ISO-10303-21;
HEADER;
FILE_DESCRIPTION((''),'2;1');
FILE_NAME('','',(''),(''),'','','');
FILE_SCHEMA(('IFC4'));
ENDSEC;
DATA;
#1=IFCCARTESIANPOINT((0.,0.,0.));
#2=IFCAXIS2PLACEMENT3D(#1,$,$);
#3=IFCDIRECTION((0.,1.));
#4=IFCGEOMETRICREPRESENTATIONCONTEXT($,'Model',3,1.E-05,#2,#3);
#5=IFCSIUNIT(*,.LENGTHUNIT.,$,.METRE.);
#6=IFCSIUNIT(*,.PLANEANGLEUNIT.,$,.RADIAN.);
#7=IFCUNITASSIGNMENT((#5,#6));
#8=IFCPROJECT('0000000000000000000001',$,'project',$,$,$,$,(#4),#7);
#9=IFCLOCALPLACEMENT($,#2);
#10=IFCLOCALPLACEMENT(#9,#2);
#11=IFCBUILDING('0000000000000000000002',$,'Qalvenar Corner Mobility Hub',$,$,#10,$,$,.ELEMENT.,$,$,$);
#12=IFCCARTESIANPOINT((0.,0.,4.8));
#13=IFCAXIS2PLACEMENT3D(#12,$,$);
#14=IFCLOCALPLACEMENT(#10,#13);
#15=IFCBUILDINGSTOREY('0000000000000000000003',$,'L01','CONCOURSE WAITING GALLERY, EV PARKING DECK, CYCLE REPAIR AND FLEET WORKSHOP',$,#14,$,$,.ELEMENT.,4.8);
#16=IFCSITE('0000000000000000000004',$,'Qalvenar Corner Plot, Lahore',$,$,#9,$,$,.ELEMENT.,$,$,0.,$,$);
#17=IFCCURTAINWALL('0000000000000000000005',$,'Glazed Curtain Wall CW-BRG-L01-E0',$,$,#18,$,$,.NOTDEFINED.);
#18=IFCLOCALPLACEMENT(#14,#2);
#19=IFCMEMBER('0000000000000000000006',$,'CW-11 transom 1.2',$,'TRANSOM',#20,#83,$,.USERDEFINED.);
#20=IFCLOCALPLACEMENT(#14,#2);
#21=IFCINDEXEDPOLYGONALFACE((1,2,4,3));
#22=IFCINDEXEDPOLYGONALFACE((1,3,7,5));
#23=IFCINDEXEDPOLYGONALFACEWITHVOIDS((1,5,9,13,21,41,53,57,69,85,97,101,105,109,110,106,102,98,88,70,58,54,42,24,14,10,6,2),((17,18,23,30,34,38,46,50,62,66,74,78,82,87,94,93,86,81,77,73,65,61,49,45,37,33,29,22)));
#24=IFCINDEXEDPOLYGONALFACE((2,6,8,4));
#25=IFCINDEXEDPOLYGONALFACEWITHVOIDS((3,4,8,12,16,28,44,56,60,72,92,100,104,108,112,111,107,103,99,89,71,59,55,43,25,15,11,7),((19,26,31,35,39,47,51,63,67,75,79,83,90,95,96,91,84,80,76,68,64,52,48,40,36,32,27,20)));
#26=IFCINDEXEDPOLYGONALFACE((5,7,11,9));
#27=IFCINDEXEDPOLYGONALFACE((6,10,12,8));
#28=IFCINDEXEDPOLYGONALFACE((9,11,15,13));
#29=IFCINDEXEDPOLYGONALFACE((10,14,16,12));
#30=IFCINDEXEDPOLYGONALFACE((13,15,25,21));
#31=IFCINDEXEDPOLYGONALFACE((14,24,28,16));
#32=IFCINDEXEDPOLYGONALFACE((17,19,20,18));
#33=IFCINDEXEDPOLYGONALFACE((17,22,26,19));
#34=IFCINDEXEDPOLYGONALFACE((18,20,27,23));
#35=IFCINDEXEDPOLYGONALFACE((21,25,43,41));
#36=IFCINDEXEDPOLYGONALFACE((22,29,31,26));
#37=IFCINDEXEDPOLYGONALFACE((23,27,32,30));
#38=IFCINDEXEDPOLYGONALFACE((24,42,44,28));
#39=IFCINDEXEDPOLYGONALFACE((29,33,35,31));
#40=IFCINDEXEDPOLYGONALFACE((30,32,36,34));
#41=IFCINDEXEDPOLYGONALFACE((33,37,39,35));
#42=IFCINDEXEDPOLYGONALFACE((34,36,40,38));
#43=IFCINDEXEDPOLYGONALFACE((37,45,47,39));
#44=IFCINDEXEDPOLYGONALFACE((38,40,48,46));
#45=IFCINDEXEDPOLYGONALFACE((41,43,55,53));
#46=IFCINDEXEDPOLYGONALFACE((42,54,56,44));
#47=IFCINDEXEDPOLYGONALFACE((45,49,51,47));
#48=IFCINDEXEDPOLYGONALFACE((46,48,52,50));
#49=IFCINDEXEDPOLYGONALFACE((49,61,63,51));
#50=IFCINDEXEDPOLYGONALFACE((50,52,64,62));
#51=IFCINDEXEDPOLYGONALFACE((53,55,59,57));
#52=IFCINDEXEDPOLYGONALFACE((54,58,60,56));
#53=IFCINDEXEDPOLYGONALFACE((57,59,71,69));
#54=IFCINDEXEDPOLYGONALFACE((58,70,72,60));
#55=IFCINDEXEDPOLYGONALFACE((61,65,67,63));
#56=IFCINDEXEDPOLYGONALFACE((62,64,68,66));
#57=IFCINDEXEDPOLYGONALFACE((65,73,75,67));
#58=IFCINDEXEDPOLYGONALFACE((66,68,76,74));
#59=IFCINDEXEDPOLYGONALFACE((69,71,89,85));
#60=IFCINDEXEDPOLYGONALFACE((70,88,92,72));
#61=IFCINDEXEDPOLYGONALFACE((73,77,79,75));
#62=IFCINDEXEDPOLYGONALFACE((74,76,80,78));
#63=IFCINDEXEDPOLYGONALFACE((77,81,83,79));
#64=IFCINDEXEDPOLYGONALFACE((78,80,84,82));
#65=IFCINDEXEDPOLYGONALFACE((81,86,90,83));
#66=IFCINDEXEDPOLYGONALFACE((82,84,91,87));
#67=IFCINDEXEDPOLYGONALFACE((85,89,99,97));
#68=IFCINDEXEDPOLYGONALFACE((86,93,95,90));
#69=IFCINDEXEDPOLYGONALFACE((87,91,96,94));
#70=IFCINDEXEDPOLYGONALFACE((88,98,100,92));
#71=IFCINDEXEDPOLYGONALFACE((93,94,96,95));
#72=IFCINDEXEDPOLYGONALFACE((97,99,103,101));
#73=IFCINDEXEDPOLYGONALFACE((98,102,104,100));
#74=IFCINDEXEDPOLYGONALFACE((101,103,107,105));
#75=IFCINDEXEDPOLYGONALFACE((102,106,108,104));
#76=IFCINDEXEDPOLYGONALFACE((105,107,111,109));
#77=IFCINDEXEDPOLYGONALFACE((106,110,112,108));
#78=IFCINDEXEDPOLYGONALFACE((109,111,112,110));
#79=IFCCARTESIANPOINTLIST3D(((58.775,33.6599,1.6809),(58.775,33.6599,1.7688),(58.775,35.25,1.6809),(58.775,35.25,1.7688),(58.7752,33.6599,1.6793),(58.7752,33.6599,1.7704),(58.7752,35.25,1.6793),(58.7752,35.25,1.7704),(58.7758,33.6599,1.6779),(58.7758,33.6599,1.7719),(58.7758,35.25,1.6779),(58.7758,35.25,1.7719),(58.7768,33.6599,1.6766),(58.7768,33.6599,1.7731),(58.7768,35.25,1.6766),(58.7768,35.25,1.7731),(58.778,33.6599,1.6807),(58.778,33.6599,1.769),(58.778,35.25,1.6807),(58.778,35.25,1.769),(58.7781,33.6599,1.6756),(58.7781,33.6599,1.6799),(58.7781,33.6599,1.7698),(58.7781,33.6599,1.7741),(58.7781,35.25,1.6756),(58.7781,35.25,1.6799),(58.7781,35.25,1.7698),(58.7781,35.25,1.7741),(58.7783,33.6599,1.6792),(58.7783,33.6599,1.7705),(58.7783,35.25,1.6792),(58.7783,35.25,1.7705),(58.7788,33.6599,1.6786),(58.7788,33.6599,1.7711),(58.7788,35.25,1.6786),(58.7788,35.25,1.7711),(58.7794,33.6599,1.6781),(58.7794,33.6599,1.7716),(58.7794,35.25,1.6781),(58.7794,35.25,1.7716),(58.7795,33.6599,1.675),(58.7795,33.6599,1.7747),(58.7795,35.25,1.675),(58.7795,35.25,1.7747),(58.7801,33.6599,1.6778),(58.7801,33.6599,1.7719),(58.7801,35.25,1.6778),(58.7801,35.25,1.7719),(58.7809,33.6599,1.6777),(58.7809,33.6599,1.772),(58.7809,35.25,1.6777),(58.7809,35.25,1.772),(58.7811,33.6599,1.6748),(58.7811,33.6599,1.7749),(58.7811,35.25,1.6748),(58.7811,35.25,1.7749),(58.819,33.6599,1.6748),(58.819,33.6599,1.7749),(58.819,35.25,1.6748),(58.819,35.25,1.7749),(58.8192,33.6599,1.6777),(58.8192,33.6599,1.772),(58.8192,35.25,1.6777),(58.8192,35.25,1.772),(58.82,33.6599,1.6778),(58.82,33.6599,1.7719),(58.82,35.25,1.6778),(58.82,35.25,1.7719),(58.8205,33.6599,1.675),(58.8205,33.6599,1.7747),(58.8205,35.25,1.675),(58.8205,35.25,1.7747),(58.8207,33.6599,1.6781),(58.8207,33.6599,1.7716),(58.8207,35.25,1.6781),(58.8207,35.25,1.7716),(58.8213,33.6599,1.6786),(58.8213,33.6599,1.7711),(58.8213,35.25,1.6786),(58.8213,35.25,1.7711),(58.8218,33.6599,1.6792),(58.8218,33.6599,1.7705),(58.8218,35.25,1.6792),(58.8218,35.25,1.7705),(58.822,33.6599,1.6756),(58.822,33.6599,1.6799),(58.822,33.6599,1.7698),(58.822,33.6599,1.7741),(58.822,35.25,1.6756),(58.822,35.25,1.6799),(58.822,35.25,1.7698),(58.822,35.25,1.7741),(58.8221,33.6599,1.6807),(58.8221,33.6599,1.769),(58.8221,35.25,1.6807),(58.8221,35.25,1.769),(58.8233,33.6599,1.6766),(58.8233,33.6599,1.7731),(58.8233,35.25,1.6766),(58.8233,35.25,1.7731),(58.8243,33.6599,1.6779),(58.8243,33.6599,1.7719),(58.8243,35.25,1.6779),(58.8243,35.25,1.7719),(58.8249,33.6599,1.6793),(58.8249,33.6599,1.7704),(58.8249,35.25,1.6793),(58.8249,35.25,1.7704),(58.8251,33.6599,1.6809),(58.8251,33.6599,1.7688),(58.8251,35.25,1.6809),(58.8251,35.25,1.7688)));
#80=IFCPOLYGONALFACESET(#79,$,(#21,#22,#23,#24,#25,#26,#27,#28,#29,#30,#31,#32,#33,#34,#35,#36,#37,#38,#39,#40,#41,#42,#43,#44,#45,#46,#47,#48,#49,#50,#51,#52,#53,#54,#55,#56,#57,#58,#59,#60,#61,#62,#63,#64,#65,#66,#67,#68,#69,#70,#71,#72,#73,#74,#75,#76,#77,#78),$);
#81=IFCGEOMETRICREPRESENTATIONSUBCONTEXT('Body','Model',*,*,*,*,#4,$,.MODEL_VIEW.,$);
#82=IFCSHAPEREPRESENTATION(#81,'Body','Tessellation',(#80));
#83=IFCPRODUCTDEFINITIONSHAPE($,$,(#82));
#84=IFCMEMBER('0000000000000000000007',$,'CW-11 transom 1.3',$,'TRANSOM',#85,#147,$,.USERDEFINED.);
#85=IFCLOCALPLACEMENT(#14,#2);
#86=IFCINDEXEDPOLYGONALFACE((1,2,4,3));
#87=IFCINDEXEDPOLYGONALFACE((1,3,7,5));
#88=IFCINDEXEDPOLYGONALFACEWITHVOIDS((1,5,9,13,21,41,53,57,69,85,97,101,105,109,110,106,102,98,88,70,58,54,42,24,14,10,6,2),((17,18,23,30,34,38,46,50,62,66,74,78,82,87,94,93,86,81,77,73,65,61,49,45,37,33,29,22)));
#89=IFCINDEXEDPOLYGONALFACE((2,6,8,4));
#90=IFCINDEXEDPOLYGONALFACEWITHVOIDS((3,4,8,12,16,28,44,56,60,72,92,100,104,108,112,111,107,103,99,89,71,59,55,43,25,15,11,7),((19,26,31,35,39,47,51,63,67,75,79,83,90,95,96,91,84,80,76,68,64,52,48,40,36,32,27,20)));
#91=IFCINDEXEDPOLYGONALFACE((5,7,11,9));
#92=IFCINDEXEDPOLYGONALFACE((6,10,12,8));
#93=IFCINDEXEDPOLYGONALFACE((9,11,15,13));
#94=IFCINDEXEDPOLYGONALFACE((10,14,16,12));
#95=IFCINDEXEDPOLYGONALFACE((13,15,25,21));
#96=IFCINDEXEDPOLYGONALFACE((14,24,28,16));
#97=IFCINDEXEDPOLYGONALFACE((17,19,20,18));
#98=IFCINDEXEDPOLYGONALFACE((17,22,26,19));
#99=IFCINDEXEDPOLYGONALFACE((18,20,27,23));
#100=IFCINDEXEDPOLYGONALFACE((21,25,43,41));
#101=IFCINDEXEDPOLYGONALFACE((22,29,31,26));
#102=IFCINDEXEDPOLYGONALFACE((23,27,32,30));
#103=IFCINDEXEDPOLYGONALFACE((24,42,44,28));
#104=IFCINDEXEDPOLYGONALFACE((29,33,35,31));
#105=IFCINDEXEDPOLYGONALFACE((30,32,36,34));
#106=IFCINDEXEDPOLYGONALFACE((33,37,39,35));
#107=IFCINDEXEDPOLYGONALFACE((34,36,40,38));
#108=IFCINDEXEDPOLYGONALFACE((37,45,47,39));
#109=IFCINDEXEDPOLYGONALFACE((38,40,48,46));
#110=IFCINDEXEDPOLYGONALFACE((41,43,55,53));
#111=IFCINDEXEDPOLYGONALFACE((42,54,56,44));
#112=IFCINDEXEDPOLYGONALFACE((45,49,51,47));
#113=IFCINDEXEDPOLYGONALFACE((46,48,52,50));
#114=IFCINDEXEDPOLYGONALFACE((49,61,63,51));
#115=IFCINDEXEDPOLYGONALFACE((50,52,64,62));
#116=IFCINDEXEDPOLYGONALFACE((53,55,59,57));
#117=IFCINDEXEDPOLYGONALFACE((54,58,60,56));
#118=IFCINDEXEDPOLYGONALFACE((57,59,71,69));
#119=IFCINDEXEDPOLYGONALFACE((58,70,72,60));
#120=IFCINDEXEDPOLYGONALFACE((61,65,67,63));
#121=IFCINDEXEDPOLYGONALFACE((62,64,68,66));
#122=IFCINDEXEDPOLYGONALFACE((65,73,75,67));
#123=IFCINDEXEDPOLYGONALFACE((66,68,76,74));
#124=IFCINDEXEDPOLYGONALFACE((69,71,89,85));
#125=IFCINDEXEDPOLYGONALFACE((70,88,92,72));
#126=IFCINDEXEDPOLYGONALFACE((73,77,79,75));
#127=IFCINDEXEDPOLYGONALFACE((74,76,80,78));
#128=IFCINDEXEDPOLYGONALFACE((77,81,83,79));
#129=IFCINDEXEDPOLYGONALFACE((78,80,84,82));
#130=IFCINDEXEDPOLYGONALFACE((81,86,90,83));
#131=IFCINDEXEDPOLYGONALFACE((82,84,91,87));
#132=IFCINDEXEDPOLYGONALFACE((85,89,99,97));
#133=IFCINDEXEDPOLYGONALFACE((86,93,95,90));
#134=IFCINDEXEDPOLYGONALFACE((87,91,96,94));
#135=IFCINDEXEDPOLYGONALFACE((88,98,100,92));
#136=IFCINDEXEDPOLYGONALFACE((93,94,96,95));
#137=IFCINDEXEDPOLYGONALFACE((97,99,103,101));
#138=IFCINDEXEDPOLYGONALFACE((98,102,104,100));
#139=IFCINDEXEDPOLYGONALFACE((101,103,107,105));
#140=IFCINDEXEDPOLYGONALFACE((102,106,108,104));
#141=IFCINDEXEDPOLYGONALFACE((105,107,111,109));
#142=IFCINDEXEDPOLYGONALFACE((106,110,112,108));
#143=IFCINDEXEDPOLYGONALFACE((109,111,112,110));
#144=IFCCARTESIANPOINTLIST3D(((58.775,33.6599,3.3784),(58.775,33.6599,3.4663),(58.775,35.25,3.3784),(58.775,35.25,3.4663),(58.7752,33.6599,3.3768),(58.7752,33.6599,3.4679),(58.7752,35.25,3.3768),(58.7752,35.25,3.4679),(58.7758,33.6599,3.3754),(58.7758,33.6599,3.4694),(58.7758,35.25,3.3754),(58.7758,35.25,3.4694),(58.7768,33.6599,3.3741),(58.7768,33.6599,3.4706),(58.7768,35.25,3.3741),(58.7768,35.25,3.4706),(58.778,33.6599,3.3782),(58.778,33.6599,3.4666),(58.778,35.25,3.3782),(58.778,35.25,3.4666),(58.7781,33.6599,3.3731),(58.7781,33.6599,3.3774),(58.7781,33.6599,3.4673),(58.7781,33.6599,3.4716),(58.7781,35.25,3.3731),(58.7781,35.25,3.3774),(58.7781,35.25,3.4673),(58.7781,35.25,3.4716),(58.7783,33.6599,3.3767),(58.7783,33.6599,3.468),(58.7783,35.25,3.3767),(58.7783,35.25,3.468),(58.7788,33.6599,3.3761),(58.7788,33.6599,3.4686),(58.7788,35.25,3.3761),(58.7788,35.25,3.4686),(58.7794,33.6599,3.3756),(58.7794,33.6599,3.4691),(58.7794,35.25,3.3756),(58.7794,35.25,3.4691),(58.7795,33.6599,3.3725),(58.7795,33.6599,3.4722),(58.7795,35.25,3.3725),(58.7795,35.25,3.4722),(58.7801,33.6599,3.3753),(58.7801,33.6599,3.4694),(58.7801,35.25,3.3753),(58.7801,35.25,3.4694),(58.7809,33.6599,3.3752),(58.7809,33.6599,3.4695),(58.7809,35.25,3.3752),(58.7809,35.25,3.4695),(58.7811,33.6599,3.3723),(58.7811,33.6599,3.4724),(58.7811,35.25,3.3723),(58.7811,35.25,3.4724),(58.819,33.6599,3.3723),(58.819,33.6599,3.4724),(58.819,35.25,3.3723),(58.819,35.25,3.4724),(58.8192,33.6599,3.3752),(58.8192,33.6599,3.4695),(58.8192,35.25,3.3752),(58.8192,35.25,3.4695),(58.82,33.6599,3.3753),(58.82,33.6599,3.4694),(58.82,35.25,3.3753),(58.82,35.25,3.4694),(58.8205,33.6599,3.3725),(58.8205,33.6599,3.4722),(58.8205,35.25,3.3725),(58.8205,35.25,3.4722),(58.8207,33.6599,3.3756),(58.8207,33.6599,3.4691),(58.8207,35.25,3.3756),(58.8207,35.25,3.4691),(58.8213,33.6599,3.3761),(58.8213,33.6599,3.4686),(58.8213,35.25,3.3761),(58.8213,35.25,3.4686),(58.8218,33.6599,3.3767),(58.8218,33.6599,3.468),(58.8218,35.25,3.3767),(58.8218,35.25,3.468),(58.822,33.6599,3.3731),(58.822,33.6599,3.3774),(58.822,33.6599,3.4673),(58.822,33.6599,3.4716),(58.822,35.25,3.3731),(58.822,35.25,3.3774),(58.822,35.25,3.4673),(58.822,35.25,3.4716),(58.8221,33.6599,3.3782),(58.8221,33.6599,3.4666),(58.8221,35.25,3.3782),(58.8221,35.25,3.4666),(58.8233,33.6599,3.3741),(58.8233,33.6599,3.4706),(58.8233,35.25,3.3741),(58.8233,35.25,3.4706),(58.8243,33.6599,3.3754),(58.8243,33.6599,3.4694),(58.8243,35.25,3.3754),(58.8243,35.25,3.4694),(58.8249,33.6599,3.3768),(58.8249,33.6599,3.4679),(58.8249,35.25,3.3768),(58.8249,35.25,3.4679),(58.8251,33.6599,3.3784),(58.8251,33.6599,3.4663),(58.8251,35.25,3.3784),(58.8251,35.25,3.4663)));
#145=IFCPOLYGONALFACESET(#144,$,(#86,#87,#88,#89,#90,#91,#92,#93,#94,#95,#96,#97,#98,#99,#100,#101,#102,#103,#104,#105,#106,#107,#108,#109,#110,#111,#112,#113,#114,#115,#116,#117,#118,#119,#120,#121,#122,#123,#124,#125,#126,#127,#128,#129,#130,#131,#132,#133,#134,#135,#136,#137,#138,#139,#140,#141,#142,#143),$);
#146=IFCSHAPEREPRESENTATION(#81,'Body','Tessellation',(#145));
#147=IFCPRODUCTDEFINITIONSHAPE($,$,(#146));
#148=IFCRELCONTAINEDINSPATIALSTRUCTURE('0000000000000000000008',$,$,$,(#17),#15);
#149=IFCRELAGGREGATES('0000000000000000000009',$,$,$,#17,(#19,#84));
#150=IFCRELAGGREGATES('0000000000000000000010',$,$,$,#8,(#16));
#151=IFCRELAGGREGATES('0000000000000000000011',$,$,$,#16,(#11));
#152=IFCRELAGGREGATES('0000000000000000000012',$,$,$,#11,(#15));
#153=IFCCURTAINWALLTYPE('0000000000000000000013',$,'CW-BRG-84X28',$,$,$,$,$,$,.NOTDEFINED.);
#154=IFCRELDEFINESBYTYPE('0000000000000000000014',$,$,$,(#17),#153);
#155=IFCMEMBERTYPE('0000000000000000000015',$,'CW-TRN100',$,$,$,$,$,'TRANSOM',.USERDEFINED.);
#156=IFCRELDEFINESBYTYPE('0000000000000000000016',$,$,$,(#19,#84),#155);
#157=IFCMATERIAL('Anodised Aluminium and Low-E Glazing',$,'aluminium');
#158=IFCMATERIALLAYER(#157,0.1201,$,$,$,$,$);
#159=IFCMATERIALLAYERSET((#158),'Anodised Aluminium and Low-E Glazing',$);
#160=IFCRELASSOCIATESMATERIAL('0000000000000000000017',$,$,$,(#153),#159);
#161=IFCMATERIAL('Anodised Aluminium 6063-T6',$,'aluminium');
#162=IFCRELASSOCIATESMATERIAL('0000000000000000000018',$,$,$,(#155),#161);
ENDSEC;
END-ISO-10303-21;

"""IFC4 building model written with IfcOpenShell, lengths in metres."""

from ifc_helpers import new_model, si_unit, direction, frame, origin, origin_2d, place, context, subcontext, project, spatial, hollow_rectangle, extrude, material, layer, layer_set, material_profile, profile_set, type_object, element, aggregate, save


model = new_model("IFC4")

# Units and contexts
model_context = context("Model", 3, precision=1e-05, world=origin(), true_north=direction((0.0, 1.0)))
body_context = subcontext(model_context, "Body", "Model", "MODEL_VIEW")
ifc_project = project(units=[si_unit("LENGTHUNIT", "METRE"), si_unit("PLANEANGLEUNIT", "RADIAN")], contexts=[model_context])

# Site, building, storey
site_placement = place(None, origin())
site = spatial("IfcSite", under=ifc_project, at=site_placement, Name="Qalvenar Corner Plot, Lahore", CompositionType="ELEMENT", RefElevation=0.0)
building_placement = place(site_placement, origin())
building = spatial("IfcBuilding", under=site, at=building_placement, Name="Qalvenar Corner Mobility Hub", CompositionType="ELEMENT")
storey_placement = place(building_placement, frame((0.0, 0.0, 4.8)))
storey = spatial("IfcBuildingStorey", under=building, at=storey_placement, Name="L01", Description="CONCOURSE WAITING GALLERY, EV PARKING DECK, CYCLE REPAIR AND FLEET WORKSHOP", CompositionType="ELEMENT", Elevation=4.8)

# Curtain wall, members
ifc_material_1 = material(Name="Anodised Aluminium and Low-E Glazing", Category="aluminium")
ifc_layer_1 = layer(ifc_material_1, 0.1201)
ifc_layer_set_1 = layer_set([ifc_layer_1], Name="Anodised Aluminium and Low-E Glazing")
curtain_wall_type = type_object("IfcCurtainWallType", Name="CW-BRG-84X28", PredefinedType="NOTDEFINED", material=ifc_layer_set_1)
curtain_wall_placement = place(storey_placement, origin())
curtain_wall = element("IfcCurtainWall", 1, at=curtain_wall_placement, inside=storey, type_object=curtain_wall_type, Name="Glazed Curtain Wall CW-BRG-L01-E0", PredefinedType="NOTDEFINED")
ifc_material_2 = material(Name="Anodised Aluminium 6063-T6", Category="aluminium")
ifc_material_profile_1 = material_profile(ifc_material_2, hollow_rectangle(XDim=0.05, YDim=0.1001, WallThickness=0.0029, InnerFilletRadius=0.0029, OuterFilletRadius=0.0061, at=origin_2d()), Name="RHS100x50x3")
ifc_profile_set_1 = profile_set([ifc_material_profile_1], Name="Anodised Aluminium 6063-T6")
member_type_1 = type_object("IfcMemberType", Name="CW-TRN100", ElementType="TRANSOM", PredefinedType="USERDEFINED", material=ifc_profile_set_1)
member_1_placement = place(storey_placement, frame((58.8, 33.6599, 1.7249), z_axis=(0.0, 1.0, 0.0), x_axis=(-1.0, 0.0, 0.0)))
member_1 = element("IfcMember", 2, at=member_1_placement, type_object=member_type_1, Name="CW-11 transom 1.2", ObjectType="TRANSOM", PredefinedType="USERDEFINED", context=body_context, shape_type="SweptSolid", body=[
    extrude(hollow_rectangle(XDim=0.05, YDim=0.1001, WallThickness=0.0029, InnerFilletRadius=0.0029, OuterFilletRadius=0.0061, at=origin_2d()), origin(), (0.0, 0.0, 1.0), 1.5901),
])
member_2_placement = place(storey_placement, frame((58.8, 33.6599, 3.4224), z_axis=(0.0, 1.0, 0.0), x_axis=(-1.0, 0.0, 0.0)))
member_2 = element("IfcMember", 3, at=member_2_placement, type_object=member_type_1, Name="CW-11 transom 1.3", ObjectType="TRANSOM", PredefinedType="USERDEFINED", context=body_context, shape_type="SweptSolid", body=[
    extrude(hollow_rectangle(XDim=0.05, YDim=0.1001, WallThickness=0.0029, InnerFilletRadius=0.0029, OuterFilletRadius=0.0061, at=origin_2d()), origin(), (0.0, 0.0, 1.0), 1.5901),
])
aggregate(curtain_wall, [member_1, member_2])

save(model, "model.ifc")
